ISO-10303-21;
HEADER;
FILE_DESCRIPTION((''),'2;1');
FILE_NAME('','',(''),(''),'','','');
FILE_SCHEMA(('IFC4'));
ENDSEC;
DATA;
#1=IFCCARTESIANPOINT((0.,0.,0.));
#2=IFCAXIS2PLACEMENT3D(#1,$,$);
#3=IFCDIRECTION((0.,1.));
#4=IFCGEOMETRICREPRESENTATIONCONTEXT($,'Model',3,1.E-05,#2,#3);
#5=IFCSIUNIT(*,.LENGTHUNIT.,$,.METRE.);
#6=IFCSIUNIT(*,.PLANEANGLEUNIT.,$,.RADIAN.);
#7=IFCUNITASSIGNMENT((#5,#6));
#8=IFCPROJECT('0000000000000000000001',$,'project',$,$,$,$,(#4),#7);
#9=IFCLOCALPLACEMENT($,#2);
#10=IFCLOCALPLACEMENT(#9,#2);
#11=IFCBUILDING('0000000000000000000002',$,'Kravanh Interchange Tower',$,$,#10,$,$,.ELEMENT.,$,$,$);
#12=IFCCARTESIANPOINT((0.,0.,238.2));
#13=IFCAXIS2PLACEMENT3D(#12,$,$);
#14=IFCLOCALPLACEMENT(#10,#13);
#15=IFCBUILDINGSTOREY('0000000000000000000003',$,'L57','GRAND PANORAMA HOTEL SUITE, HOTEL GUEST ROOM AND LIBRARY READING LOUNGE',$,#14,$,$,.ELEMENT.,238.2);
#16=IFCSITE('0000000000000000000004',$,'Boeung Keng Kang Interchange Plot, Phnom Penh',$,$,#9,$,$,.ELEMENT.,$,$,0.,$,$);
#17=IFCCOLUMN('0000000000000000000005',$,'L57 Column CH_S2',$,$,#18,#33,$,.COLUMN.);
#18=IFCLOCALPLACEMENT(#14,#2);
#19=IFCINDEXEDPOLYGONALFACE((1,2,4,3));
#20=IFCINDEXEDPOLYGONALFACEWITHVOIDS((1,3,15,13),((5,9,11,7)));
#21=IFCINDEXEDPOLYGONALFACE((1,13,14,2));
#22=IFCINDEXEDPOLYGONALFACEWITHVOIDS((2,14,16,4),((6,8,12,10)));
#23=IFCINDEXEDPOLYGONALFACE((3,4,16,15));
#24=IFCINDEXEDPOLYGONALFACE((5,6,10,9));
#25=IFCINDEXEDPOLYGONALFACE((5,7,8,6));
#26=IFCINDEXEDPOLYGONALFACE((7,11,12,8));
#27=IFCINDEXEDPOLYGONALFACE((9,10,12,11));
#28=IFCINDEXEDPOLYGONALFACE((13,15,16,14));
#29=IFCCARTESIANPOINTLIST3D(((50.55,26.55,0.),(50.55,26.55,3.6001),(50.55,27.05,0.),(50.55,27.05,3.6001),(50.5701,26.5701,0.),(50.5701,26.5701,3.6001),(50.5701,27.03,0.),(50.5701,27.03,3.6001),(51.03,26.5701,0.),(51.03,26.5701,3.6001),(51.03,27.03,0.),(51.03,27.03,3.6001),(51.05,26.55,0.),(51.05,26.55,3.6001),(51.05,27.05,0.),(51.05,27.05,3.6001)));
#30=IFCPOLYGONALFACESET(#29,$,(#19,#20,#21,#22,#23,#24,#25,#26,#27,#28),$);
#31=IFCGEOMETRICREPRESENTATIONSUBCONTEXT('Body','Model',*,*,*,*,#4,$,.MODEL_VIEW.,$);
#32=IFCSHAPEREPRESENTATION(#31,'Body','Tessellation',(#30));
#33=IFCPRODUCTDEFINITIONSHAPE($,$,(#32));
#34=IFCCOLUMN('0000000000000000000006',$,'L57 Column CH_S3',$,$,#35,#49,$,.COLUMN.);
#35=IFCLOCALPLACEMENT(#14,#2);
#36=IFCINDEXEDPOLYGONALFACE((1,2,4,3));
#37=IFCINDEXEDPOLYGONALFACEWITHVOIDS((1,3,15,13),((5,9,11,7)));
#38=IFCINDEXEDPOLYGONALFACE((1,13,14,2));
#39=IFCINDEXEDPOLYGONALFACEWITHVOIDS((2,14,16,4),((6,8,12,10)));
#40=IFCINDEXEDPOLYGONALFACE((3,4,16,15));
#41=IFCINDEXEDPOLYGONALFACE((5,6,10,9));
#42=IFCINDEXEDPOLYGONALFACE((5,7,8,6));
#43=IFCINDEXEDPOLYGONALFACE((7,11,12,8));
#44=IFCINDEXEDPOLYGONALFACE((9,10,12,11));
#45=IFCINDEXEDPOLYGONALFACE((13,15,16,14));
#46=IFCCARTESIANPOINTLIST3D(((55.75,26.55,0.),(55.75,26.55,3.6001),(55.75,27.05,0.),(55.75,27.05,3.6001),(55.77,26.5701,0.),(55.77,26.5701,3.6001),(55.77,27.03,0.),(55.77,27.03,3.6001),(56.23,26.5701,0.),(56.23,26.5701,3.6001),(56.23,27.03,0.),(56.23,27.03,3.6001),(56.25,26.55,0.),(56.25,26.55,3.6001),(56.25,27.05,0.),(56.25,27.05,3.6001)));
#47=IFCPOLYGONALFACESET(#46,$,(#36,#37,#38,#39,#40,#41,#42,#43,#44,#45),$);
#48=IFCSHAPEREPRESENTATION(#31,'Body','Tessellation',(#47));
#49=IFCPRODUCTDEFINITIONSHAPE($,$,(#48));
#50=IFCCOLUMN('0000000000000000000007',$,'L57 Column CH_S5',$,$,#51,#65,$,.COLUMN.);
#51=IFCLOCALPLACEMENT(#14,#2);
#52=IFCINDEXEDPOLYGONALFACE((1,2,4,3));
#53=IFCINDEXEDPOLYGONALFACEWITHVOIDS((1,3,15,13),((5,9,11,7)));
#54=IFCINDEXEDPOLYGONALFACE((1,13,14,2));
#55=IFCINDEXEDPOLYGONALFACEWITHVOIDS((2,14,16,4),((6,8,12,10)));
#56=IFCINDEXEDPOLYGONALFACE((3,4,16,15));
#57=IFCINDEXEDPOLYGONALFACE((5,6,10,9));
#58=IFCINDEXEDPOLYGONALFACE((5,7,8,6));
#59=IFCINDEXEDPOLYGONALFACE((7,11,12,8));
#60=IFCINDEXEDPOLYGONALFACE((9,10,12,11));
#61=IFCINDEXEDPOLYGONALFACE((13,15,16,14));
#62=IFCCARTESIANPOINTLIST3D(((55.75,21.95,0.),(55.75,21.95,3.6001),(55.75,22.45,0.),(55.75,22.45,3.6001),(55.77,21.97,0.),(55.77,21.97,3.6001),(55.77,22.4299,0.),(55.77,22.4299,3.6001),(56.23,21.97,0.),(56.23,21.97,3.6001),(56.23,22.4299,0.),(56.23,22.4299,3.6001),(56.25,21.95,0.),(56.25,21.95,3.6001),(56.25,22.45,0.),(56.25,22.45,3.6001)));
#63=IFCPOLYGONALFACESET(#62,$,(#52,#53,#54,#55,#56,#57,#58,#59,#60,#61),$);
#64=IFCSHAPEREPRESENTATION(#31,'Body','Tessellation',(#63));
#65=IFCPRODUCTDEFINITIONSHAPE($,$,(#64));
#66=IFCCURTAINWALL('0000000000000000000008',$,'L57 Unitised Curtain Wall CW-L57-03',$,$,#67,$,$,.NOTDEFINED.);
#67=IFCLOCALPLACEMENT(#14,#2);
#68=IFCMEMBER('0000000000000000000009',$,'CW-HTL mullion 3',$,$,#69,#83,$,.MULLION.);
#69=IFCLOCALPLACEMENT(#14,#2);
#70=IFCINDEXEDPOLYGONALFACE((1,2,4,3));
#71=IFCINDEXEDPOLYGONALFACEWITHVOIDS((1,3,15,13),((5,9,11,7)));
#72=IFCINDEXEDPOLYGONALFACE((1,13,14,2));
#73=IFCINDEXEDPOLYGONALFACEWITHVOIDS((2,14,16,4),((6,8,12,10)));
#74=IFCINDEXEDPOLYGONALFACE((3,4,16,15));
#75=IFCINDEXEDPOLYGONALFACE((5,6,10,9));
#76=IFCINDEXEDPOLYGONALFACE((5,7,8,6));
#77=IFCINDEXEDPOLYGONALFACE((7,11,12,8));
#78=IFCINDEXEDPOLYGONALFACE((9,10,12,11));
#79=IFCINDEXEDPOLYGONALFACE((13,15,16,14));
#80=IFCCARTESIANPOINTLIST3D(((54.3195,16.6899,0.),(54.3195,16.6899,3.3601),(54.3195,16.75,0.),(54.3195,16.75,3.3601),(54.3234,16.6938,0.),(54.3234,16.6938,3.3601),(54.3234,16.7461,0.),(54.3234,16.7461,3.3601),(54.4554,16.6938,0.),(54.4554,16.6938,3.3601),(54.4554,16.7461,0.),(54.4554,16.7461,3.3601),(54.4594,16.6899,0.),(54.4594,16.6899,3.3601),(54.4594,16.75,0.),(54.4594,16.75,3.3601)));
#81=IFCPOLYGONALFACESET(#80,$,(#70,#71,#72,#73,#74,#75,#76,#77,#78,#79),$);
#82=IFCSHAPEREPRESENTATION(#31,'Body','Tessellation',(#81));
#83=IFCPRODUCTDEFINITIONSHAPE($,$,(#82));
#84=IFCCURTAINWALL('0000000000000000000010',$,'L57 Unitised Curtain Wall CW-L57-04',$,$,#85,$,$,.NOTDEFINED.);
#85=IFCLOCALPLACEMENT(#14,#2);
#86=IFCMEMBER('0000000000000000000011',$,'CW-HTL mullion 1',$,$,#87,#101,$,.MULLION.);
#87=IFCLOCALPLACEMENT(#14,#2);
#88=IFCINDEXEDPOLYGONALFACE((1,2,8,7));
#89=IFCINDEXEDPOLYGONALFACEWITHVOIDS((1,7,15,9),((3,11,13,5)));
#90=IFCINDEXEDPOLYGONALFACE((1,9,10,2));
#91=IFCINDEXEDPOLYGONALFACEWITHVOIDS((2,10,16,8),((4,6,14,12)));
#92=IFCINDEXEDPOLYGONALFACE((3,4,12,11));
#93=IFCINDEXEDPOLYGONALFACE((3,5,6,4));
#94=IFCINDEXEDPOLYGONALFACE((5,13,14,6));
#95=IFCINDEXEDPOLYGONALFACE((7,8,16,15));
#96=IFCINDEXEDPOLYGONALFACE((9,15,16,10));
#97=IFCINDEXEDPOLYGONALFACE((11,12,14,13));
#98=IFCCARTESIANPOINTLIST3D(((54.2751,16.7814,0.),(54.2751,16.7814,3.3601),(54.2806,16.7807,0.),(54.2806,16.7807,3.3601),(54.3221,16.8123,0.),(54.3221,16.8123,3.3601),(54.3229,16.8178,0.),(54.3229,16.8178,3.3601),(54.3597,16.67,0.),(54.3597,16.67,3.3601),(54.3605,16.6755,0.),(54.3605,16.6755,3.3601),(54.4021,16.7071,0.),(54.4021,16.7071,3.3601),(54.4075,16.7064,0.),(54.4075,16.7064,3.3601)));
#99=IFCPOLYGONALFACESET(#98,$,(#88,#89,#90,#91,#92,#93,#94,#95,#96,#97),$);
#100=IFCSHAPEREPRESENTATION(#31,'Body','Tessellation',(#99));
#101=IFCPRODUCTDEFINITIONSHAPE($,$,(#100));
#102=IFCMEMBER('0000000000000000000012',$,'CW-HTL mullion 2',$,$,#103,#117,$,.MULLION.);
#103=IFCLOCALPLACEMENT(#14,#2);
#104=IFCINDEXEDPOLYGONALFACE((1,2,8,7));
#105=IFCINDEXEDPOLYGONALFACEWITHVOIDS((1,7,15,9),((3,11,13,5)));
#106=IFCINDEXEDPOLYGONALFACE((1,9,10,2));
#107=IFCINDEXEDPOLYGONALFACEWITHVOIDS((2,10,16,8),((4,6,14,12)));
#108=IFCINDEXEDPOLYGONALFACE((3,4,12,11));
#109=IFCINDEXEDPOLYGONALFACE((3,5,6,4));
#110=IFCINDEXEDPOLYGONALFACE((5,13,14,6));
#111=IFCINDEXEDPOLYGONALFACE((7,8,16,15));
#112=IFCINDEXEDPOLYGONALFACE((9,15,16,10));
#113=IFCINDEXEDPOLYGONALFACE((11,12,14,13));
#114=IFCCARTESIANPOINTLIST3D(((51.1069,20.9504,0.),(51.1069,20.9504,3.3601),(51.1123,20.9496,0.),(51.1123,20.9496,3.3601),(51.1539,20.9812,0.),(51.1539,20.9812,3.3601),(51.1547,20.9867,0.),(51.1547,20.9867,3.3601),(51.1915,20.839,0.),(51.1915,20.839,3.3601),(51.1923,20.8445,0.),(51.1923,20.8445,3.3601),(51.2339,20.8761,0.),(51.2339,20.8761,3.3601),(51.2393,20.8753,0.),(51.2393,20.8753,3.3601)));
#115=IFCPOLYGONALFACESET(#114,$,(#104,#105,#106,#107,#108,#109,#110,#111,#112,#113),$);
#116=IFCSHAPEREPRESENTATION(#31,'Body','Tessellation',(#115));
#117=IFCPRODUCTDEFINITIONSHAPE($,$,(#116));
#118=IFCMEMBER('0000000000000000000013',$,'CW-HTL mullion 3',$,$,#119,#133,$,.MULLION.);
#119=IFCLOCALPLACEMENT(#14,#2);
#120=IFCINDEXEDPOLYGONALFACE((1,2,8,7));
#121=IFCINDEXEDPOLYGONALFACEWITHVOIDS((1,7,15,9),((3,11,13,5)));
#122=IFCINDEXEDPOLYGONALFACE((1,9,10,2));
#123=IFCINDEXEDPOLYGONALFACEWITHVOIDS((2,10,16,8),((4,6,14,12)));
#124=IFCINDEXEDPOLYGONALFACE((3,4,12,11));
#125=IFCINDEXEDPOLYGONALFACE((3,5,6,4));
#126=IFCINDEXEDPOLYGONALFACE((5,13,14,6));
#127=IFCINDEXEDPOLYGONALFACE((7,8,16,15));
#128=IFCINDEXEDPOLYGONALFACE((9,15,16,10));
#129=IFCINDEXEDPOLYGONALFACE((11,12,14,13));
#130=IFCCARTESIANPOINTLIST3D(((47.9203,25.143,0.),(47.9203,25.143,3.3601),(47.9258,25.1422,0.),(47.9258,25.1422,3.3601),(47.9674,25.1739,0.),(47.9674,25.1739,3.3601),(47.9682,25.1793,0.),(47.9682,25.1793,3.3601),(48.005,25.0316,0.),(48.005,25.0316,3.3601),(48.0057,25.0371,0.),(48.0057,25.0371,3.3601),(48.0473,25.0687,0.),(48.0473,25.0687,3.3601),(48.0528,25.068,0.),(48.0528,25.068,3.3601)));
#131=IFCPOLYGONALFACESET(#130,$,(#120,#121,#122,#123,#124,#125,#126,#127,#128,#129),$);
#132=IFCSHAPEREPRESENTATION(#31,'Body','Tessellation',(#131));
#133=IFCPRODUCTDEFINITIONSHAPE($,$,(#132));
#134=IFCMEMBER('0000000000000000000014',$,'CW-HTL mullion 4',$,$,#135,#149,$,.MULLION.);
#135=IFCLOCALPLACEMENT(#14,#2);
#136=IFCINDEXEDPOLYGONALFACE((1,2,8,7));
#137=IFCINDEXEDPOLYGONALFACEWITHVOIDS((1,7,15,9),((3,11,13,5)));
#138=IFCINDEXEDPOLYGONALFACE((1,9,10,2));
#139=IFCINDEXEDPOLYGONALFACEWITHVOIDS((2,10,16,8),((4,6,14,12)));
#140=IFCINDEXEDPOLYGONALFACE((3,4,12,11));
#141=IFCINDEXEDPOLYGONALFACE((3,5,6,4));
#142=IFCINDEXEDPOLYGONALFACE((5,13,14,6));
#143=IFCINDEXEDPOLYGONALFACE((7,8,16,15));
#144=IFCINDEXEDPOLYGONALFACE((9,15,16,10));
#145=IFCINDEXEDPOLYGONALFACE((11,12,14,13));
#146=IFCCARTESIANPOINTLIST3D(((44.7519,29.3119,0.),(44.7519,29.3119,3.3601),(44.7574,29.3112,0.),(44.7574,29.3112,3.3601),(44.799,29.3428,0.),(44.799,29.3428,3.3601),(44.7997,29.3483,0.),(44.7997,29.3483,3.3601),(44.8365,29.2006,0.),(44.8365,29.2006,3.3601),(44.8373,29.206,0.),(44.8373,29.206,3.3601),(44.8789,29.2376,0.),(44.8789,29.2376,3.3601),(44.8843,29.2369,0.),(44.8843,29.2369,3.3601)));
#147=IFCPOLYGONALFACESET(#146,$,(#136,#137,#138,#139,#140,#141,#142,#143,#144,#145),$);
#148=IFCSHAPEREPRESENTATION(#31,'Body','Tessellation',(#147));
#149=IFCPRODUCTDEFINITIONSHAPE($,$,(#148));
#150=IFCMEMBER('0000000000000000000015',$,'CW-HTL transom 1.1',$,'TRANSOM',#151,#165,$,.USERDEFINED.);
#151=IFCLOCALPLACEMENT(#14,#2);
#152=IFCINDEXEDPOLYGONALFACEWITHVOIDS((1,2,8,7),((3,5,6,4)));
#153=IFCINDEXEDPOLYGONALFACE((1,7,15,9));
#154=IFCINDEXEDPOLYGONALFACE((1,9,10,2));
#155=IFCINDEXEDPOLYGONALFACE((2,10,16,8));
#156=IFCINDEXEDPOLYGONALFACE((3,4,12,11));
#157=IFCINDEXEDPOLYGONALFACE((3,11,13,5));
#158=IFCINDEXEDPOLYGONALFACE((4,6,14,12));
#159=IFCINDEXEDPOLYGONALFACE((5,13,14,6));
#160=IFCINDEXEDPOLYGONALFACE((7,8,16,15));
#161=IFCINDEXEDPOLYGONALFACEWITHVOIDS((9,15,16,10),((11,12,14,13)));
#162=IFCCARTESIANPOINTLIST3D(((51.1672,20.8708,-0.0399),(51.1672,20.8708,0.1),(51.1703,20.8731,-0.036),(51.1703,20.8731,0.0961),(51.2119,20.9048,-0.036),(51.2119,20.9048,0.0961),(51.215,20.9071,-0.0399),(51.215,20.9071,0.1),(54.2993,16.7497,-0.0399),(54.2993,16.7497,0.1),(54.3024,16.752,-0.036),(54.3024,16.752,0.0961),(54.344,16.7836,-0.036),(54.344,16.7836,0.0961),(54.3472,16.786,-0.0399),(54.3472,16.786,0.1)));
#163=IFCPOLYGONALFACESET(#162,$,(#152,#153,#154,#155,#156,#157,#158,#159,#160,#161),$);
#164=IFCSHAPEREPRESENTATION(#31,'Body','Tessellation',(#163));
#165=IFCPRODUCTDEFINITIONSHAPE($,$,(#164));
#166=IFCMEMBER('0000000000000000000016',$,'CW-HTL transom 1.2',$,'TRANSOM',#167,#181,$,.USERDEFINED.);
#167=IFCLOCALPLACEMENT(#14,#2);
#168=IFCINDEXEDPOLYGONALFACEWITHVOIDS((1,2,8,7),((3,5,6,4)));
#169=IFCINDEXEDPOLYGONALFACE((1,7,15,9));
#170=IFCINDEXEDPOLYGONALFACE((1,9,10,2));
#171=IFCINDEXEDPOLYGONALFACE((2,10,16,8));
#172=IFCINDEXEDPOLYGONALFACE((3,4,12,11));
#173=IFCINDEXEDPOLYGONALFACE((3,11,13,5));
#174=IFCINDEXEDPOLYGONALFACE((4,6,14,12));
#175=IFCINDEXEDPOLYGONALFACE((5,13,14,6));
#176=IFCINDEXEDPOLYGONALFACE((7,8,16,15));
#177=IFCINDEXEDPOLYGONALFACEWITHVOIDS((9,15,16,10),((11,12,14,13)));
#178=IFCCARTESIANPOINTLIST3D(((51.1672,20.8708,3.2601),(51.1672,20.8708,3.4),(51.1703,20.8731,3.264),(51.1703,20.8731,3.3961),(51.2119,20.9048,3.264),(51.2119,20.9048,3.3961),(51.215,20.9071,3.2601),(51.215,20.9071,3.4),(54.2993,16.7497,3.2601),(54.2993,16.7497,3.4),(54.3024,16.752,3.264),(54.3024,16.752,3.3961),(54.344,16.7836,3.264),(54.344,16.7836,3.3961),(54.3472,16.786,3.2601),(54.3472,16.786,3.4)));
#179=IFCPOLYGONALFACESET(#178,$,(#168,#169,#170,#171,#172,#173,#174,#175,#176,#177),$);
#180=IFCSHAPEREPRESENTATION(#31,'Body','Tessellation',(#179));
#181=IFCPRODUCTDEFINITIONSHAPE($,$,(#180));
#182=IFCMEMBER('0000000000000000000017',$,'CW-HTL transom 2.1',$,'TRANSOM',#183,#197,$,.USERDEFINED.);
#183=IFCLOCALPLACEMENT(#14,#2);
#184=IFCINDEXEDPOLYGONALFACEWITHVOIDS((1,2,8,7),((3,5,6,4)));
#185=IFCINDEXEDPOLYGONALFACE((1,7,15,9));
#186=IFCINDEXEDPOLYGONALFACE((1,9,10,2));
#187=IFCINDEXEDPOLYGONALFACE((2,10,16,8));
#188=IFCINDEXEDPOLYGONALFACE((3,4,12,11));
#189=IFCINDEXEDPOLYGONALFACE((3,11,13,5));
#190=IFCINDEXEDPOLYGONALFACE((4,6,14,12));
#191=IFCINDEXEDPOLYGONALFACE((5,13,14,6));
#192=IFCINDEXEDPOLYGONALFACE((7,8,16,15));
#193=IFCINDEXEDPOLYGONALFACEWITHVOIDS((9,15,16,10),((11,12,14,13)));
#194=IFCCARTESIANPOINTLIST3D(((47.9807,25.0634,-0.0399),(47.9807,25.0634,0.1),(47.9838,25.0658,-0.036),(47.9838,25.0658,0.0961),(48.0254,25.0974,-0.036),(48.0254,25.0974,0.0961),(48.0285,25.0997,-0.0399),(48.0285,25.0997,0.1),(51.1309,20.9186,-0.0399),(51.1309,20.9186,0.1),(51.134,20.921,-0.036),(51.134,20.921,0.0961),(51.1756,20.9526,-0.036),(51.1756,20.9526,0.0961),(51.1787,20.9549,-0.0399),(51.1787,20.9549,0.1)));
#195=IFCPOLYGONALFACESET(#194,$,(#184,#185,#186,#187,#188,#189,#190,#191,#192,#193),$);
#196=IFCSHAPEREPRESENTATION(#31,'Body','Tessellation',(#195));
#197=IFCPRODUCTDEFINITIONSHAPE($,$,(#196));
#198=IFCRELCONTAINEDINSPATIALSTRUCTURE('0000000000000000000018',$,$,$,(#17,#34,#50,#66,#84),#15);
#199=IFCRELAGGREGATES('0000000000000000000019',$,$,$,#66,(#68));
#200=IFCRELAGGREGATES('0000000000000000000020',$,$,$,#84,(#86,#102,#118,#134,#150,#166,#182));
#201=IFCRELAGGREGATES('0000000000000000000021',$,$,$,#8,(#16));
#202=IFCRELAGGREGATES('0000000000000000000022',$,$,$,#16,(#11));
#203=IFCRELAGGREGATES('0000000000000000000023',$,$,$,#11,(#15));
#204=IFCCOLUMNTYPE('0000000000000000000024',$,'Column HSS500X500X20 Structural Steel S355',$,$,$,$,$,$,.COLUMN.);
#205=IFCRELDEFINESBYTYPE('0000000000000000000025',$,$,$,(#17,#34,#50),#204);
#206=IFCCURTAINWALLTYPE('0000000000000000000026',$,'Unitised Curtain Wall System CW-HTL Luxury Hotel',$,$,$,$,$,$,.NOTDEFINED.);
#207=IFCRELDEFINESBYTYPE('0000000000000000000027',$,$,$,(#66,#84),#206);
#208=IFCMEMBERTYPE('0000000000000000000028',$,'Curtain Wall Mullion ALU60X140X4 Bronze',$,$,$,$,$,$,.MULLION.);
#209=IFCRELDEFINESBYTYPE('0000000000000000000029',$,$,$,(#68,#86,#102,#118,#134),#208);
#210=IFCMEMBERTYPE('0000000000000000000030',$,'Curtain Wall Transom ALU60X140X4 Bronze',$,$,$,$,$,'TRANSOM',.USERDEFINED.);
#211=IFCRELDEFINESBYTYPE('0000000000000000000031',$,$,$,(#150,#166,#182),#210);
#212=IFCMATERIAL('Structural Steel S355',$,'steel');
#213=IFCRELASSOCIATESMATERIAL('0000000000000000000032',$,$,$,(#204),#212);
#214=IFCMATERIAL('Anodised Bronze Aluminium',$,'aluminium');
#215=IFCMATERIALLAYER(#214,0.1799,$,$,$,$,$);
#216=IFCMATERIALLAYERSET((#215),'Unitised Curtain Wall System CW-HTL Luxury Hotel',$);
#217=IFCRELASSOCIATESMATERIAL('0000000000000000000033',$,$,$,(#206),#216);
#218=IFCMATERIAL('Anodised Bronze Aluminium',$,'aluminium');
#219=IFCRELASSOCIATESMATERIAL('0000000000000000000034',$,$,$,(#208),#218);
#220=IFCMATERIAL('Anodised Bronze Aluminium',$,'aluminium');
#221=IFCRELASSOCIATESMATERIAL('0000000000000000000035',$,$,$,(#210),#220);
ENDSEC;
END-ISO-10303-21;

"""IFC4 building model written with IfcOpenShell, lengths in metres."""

from ifc_helpers import new_model, si_unit, direction, frame, origin, origin_2d, place, context, subcontext, project, spatial, hollow_rectangle, extrude, material, layer, layer_set, material_profile, profile_set, type_object, element, aggregate, save


model = new_model("IFC4")

# Units and contexts
model_context = context("Model", 3, precision=1e-05, world=origin(), true_north=direction((0.0, 1.0)))
body_context = subcontext(model_context, "Body", "Model", "MODEL_VIEW")
ifc_project = project(units=[si_unit("LENGTHUNIT", "METRE"), si_unit("PLANEANGLEUNIT", "RADIAN")], contexts=[model_context])

# Site, building, storey
site_placement = place(None, origin())
site = spatial("IfcSite", under=ifc_project, at=site_placement, Name="Boeung Keng Kang Interchange Plot, Phnom Penh", CompositionType="ELEMENT", RefElevation=0.0)
building_placement = place(site_placement, origin())
building = spatial("IfcBuilding", under=site, at=building_placement, Name="Kravanh Interchange Tower", CompositionType="ELEMENT")
storey_placement = place(building_placement, frame((0.0, 0.0, 238.2)))
storey = spatial("IfcBuildingStorey", under=building, at=storey_placement, Name="L57", Description="GRAND PANORAMA HOTEL SUITE, HOTEL GUEST ROOM AND LIBRARY READING LOUNGE", CompositionType="ELEMENT", Elevation=238.2)

# Columns
ifc_material_1 = material(Name="Structural Steel S355", Category="steel")
ifc_material_profile_1 = material_profile(ifc_material_1, hollow_rectangle(XDim=0.5, YDim=0.5, WallThickness=0.02, at=origin_2d()), Name="HSS500X500X20")
ifc_profile_set_1 = profile_set([ifc_material_profile_1], Name="Structural Steel S355")
column_type = type_object("IfcColumnType", Name="Column HSS500X500X20 Structural Steel S355", PredefinedType="COLUMN", material=ifc_profile_set_1)
for number, where, z_axis, x_axis, name in (
    (1, (50.8, 26.8, 0.0), (0.0, 0.0, 1.0), (1.0, 0.0, 0.0), "L57 Column CH_S2"),
    (2, (56.0, 26.8, 0.0), (0.0, 0.0, 1.0), (1.0, 0.0, 0.0), "L57 Column CH_S3"),
    (3, (56.0, 22.2, 0.0), (0.0, 0.0, 1.0), (1.0, 0.0, 0.0), "L57 Column CH_S5"),
):
    element("IfcColumn", number, at=place(storey_placement, frame(where, z_axis=z_axis, x_axis=x_axis)), inside=storey, type_object=column_type, Name=name, PredefinedType="COLUMN", context=body_context, shape_type="SweptSolid", body=[
        extrude(hollow_rectangle(XDim=0.5, YDim=0.5, WallThickness=0.02, at=origin_2d()), origin(), (0.0, 0.0, 1.0), 3.6001),
    ])

# Curtain wall, member
ifc_material_2 = material(Name="Anodised Bronze Aluminium", Category="aluminium")
ifc_layer_1 = layer(ifc_material_2, 0.1799)
ifc_layer_set_1 = layer_set([ifc_layer_1], Name="Unitised Curtain Wall System CW-HTL Luxury Hotel")
curtain_wall_type = type_object("IfcCurtainWallType", Name="Unitised Curtain Wall System CW-HTL Luxury Hotel", PredefinedType="NOTDEFINED", material=ifc_layer_set_1)
curtain_wall_1_placement = place(storey_placement, origin())
curtain_wall_1 = element("IfcCurtainWall", 4, at=curtain_wall_1_placement, inside=storey, type_object=curtain_wall_type, Name="L57 Unitised Curtain Wall CW-L57-03", PredefinedType="NOTDEFINED")
ifc_material_3 = material(Name="Anodised Bronze Aluminium", Category="aluminium")
ifc_material_profile_2 = material_profile(ifc_material_3, hollow_rectangle(XDim=0.0601, YDim=0.1399, WallThickness=0.0039, at=origin_2d()), Name="ALU60X140X4")
ifc_profile_set_2 = profile_set([ifc_material_profile_2], Name="Anodised Bronze Aluminium")
member_type_1 = type_object("IfcMemberType", Name="Curtain Wall Mullion ALU60X140X4 Bronze", PredefinedType="MULLION", material=ifc_profile_set_2)
member_1_placement = place(storey_placement, frame((54.3894, 16.72, 0.0), z_axis=(0.0, 0.0, 1.0), x_axis=(0.0, -1.0, 0.0)))
member_1 = element("IfcMember", 5, at=member_1_placement, type_object=member_type_1, Name="CW-HTL mullion 3", PredefinedType="MULLION", context=body_context, shape_type="SweptSolid", body=[
    extrude(hollow_rectangle(XDim=0.0601, YDim=0.1399, WallThickness=0.0039, at=origin_2d()), origin(), (0.0, 0.0, 1.0), 3.3601),
])
aggregate(curtain_wall_1, [member_1])

# Curtain wall, members
curtain_wall_2_placement = place(storey_placement, origin())
curtain_wall_2 = element("IfcCurtainWall", 6, at=curtain_wall_2_placement, inside=storey, type_object=curtain_wall_type, Name="L57 Unitised Curtain Wall CW-L57-04", PredefinedType="NOTDEFINED")
member_2_placement = place(storey_placement, frame((54.3413, 16.7439, 0.0), z_axis=(0.0, 0.0, 1.0), x_axis=(-0.796162, -0.605083, 0.0)))
member_2 = element("IfcMember", 7, at=member_2_placement, type_object=member_type_1, Name="CW-HTL mullion 1", PredefinedType="MULLION", context=body_context, shape_type="SweptSolid", body=[
    extrude(hollow_rectangle(XDim=0.0601, YDim=0.1399, WallThickness=0.0039, at=origin_2d()), origin(), (0.0, 0.0, 1.0), 3.3601),
])
member_3_placement = place(storey_placement, frame((51.1731, 20.9128, 0.0), z_axis=(0.0, 0.0, 1.0), x_axis=(-0.796162, -0.605083, 0.0)))
member_3 = element("IfcMember", 8, at=member_3_placement, type_object=member_type_1, Name="CW-HTL mullion 2", PredefinedType="MULLION", context=body_context, shape_type="SweptSolid", body=[
    extrude(hollow_rectangle(XDim=0.0601, YDim=0.1399, WallThickness=0.0039, at=origin_2d()), origin(), (0.0, 0.0, 1.0), 3.3601),
])
member_4_placement = place(storey_placement, frame((47.9866, 25.1055, 0.0), z_axis=(0.0, 0.0, 1.0), x_axis=(-0.796162, -0.605083, 0.0)))
member_4 = element("IfcMember", 9, at=member_4_placement, type_object=member_type_1, Name="CW-HTL mullion 3", PredefinedType="MULLION", context=body_context, shape_type="SweptSolid", body=[
    extrude(hollow_rectangle(XDim=0.0601, YDim=0.1399, WallThickness=0.0039, at=origin_2d()), origin(), (0.0, 0.0, 1.0), 3.3601),
])
member_5_placement = place(storey_placement, frame((44.8181, 29.2744, 0.0), z_axis=(0.0, 0.0, 1.0), x_axis=(-0.796162, -0.605083, 0.0)))
member_5 = element("IfcMember", 10, at=member_5_placement, type_object=member_type_1, Name="CW-HTL mullion 4", PredefinedType="MULLION", context=body_context, shape_type="SweptSolid", body=[
    extrude(hollow_rectangle(XDim=0.0601, YDim=0.1399, WallThickness=0.0039, at=origin_2d()), origin(), (0.0, 0.0, 1.0), 3.3601),
])
ifc_material_4 = material(Name="Anodised Bronze Aluminium", Category="aluminium")
ifc_material_profile_3 = material_profile(ifc_material_4, hollow_rectangle(XDim=0.0601, YDim=0.1399, WallThickness=0.0039, at=origin_2d()), Name="ALU60X140X4")
ifc_profile_set_3 = profile_set([ifc_material_profile_3], Name="Anodised Bronze Aluminium")
member_type_2 = type_object("IfcMemberType", Name="Curtain Wall Transom ALU60X140X4 Bronze", ElementType="TRANSOM", PredefinedType="USERDEFINED", material=ifc_profile_set_3)
member_6_placement = place(storey_placement, frame((54.3232, 16.7678, 0.03), z_axis=(-0.605089, 0.796158, 0.0), x_axis=(-0.796158, -0.605089, 0.0)))
member_6 = element("IfcMember", 11, at=member_6_placement, type_object=member_type_2, Name="CW-HTL transom 1.1", ObjectType="TRANSOM", PredefinedType="USERDEFINED", context=body_context, shape_type="SweptSolid", body=[
    extrude(hollow_rectangle(XDim=0.0601, YDim=0.1399, WallThickness=0.0039, at=origin_2d()), origin(), (0.0, 0.0, 1.0), 5.1763),
])
member_7_placement = place(storey_placement, frame((54.3232, 16.7678, 3.3301), z_axis=(-0.605089, 0.796158, 0.0), x_axis=(-0.796158, -0.605089, 0.0)))
member_7 = element("IfcMember", 12, at=member_7_placement, type_object=member_type_2, Name="CW-HTL transom 1.2", ObjectType="TRANSOM", PredefinedType="USERDEFINED", context=body_context, shape_type="SweptSolid", body=[
    extrude(hollow_rectangle(XDim=0.0601, YDim=0.1399, WallThickness=0.0039, at=origin_2d()), origin(), (0.0, 0.0, 1.0), 5.1763),
])
member_8_placement = place(storey_placement, frame((51.1548, 20.9368, 0.03), z_axis=(-0.605098, 0.796151, 0.0), x_axis=(-0.796151, -0.605098, 0.0)))
member_8 = element("IfcMember", 13, at=member_8_placement, type_object=member_type_2, Name="CW-HTL transom 2.1", ObjectType="TRANSOM", PredefinedType="USERDEFINED", context=body_context, shape_type="SweptSolid", body=[
    extrude(hollow_rectangle(XDim=0.0601, YDim=0.1399, WallThickness=0.0039, at=origin_2d()), origin(), (0.0, 0.0, 1.0), 5.2061),
])

aggregate(curtain_wall_2, [member_2, member_3, member_4, member_5, member_6, member_7, member_8])

save(model, "model.ifc")
